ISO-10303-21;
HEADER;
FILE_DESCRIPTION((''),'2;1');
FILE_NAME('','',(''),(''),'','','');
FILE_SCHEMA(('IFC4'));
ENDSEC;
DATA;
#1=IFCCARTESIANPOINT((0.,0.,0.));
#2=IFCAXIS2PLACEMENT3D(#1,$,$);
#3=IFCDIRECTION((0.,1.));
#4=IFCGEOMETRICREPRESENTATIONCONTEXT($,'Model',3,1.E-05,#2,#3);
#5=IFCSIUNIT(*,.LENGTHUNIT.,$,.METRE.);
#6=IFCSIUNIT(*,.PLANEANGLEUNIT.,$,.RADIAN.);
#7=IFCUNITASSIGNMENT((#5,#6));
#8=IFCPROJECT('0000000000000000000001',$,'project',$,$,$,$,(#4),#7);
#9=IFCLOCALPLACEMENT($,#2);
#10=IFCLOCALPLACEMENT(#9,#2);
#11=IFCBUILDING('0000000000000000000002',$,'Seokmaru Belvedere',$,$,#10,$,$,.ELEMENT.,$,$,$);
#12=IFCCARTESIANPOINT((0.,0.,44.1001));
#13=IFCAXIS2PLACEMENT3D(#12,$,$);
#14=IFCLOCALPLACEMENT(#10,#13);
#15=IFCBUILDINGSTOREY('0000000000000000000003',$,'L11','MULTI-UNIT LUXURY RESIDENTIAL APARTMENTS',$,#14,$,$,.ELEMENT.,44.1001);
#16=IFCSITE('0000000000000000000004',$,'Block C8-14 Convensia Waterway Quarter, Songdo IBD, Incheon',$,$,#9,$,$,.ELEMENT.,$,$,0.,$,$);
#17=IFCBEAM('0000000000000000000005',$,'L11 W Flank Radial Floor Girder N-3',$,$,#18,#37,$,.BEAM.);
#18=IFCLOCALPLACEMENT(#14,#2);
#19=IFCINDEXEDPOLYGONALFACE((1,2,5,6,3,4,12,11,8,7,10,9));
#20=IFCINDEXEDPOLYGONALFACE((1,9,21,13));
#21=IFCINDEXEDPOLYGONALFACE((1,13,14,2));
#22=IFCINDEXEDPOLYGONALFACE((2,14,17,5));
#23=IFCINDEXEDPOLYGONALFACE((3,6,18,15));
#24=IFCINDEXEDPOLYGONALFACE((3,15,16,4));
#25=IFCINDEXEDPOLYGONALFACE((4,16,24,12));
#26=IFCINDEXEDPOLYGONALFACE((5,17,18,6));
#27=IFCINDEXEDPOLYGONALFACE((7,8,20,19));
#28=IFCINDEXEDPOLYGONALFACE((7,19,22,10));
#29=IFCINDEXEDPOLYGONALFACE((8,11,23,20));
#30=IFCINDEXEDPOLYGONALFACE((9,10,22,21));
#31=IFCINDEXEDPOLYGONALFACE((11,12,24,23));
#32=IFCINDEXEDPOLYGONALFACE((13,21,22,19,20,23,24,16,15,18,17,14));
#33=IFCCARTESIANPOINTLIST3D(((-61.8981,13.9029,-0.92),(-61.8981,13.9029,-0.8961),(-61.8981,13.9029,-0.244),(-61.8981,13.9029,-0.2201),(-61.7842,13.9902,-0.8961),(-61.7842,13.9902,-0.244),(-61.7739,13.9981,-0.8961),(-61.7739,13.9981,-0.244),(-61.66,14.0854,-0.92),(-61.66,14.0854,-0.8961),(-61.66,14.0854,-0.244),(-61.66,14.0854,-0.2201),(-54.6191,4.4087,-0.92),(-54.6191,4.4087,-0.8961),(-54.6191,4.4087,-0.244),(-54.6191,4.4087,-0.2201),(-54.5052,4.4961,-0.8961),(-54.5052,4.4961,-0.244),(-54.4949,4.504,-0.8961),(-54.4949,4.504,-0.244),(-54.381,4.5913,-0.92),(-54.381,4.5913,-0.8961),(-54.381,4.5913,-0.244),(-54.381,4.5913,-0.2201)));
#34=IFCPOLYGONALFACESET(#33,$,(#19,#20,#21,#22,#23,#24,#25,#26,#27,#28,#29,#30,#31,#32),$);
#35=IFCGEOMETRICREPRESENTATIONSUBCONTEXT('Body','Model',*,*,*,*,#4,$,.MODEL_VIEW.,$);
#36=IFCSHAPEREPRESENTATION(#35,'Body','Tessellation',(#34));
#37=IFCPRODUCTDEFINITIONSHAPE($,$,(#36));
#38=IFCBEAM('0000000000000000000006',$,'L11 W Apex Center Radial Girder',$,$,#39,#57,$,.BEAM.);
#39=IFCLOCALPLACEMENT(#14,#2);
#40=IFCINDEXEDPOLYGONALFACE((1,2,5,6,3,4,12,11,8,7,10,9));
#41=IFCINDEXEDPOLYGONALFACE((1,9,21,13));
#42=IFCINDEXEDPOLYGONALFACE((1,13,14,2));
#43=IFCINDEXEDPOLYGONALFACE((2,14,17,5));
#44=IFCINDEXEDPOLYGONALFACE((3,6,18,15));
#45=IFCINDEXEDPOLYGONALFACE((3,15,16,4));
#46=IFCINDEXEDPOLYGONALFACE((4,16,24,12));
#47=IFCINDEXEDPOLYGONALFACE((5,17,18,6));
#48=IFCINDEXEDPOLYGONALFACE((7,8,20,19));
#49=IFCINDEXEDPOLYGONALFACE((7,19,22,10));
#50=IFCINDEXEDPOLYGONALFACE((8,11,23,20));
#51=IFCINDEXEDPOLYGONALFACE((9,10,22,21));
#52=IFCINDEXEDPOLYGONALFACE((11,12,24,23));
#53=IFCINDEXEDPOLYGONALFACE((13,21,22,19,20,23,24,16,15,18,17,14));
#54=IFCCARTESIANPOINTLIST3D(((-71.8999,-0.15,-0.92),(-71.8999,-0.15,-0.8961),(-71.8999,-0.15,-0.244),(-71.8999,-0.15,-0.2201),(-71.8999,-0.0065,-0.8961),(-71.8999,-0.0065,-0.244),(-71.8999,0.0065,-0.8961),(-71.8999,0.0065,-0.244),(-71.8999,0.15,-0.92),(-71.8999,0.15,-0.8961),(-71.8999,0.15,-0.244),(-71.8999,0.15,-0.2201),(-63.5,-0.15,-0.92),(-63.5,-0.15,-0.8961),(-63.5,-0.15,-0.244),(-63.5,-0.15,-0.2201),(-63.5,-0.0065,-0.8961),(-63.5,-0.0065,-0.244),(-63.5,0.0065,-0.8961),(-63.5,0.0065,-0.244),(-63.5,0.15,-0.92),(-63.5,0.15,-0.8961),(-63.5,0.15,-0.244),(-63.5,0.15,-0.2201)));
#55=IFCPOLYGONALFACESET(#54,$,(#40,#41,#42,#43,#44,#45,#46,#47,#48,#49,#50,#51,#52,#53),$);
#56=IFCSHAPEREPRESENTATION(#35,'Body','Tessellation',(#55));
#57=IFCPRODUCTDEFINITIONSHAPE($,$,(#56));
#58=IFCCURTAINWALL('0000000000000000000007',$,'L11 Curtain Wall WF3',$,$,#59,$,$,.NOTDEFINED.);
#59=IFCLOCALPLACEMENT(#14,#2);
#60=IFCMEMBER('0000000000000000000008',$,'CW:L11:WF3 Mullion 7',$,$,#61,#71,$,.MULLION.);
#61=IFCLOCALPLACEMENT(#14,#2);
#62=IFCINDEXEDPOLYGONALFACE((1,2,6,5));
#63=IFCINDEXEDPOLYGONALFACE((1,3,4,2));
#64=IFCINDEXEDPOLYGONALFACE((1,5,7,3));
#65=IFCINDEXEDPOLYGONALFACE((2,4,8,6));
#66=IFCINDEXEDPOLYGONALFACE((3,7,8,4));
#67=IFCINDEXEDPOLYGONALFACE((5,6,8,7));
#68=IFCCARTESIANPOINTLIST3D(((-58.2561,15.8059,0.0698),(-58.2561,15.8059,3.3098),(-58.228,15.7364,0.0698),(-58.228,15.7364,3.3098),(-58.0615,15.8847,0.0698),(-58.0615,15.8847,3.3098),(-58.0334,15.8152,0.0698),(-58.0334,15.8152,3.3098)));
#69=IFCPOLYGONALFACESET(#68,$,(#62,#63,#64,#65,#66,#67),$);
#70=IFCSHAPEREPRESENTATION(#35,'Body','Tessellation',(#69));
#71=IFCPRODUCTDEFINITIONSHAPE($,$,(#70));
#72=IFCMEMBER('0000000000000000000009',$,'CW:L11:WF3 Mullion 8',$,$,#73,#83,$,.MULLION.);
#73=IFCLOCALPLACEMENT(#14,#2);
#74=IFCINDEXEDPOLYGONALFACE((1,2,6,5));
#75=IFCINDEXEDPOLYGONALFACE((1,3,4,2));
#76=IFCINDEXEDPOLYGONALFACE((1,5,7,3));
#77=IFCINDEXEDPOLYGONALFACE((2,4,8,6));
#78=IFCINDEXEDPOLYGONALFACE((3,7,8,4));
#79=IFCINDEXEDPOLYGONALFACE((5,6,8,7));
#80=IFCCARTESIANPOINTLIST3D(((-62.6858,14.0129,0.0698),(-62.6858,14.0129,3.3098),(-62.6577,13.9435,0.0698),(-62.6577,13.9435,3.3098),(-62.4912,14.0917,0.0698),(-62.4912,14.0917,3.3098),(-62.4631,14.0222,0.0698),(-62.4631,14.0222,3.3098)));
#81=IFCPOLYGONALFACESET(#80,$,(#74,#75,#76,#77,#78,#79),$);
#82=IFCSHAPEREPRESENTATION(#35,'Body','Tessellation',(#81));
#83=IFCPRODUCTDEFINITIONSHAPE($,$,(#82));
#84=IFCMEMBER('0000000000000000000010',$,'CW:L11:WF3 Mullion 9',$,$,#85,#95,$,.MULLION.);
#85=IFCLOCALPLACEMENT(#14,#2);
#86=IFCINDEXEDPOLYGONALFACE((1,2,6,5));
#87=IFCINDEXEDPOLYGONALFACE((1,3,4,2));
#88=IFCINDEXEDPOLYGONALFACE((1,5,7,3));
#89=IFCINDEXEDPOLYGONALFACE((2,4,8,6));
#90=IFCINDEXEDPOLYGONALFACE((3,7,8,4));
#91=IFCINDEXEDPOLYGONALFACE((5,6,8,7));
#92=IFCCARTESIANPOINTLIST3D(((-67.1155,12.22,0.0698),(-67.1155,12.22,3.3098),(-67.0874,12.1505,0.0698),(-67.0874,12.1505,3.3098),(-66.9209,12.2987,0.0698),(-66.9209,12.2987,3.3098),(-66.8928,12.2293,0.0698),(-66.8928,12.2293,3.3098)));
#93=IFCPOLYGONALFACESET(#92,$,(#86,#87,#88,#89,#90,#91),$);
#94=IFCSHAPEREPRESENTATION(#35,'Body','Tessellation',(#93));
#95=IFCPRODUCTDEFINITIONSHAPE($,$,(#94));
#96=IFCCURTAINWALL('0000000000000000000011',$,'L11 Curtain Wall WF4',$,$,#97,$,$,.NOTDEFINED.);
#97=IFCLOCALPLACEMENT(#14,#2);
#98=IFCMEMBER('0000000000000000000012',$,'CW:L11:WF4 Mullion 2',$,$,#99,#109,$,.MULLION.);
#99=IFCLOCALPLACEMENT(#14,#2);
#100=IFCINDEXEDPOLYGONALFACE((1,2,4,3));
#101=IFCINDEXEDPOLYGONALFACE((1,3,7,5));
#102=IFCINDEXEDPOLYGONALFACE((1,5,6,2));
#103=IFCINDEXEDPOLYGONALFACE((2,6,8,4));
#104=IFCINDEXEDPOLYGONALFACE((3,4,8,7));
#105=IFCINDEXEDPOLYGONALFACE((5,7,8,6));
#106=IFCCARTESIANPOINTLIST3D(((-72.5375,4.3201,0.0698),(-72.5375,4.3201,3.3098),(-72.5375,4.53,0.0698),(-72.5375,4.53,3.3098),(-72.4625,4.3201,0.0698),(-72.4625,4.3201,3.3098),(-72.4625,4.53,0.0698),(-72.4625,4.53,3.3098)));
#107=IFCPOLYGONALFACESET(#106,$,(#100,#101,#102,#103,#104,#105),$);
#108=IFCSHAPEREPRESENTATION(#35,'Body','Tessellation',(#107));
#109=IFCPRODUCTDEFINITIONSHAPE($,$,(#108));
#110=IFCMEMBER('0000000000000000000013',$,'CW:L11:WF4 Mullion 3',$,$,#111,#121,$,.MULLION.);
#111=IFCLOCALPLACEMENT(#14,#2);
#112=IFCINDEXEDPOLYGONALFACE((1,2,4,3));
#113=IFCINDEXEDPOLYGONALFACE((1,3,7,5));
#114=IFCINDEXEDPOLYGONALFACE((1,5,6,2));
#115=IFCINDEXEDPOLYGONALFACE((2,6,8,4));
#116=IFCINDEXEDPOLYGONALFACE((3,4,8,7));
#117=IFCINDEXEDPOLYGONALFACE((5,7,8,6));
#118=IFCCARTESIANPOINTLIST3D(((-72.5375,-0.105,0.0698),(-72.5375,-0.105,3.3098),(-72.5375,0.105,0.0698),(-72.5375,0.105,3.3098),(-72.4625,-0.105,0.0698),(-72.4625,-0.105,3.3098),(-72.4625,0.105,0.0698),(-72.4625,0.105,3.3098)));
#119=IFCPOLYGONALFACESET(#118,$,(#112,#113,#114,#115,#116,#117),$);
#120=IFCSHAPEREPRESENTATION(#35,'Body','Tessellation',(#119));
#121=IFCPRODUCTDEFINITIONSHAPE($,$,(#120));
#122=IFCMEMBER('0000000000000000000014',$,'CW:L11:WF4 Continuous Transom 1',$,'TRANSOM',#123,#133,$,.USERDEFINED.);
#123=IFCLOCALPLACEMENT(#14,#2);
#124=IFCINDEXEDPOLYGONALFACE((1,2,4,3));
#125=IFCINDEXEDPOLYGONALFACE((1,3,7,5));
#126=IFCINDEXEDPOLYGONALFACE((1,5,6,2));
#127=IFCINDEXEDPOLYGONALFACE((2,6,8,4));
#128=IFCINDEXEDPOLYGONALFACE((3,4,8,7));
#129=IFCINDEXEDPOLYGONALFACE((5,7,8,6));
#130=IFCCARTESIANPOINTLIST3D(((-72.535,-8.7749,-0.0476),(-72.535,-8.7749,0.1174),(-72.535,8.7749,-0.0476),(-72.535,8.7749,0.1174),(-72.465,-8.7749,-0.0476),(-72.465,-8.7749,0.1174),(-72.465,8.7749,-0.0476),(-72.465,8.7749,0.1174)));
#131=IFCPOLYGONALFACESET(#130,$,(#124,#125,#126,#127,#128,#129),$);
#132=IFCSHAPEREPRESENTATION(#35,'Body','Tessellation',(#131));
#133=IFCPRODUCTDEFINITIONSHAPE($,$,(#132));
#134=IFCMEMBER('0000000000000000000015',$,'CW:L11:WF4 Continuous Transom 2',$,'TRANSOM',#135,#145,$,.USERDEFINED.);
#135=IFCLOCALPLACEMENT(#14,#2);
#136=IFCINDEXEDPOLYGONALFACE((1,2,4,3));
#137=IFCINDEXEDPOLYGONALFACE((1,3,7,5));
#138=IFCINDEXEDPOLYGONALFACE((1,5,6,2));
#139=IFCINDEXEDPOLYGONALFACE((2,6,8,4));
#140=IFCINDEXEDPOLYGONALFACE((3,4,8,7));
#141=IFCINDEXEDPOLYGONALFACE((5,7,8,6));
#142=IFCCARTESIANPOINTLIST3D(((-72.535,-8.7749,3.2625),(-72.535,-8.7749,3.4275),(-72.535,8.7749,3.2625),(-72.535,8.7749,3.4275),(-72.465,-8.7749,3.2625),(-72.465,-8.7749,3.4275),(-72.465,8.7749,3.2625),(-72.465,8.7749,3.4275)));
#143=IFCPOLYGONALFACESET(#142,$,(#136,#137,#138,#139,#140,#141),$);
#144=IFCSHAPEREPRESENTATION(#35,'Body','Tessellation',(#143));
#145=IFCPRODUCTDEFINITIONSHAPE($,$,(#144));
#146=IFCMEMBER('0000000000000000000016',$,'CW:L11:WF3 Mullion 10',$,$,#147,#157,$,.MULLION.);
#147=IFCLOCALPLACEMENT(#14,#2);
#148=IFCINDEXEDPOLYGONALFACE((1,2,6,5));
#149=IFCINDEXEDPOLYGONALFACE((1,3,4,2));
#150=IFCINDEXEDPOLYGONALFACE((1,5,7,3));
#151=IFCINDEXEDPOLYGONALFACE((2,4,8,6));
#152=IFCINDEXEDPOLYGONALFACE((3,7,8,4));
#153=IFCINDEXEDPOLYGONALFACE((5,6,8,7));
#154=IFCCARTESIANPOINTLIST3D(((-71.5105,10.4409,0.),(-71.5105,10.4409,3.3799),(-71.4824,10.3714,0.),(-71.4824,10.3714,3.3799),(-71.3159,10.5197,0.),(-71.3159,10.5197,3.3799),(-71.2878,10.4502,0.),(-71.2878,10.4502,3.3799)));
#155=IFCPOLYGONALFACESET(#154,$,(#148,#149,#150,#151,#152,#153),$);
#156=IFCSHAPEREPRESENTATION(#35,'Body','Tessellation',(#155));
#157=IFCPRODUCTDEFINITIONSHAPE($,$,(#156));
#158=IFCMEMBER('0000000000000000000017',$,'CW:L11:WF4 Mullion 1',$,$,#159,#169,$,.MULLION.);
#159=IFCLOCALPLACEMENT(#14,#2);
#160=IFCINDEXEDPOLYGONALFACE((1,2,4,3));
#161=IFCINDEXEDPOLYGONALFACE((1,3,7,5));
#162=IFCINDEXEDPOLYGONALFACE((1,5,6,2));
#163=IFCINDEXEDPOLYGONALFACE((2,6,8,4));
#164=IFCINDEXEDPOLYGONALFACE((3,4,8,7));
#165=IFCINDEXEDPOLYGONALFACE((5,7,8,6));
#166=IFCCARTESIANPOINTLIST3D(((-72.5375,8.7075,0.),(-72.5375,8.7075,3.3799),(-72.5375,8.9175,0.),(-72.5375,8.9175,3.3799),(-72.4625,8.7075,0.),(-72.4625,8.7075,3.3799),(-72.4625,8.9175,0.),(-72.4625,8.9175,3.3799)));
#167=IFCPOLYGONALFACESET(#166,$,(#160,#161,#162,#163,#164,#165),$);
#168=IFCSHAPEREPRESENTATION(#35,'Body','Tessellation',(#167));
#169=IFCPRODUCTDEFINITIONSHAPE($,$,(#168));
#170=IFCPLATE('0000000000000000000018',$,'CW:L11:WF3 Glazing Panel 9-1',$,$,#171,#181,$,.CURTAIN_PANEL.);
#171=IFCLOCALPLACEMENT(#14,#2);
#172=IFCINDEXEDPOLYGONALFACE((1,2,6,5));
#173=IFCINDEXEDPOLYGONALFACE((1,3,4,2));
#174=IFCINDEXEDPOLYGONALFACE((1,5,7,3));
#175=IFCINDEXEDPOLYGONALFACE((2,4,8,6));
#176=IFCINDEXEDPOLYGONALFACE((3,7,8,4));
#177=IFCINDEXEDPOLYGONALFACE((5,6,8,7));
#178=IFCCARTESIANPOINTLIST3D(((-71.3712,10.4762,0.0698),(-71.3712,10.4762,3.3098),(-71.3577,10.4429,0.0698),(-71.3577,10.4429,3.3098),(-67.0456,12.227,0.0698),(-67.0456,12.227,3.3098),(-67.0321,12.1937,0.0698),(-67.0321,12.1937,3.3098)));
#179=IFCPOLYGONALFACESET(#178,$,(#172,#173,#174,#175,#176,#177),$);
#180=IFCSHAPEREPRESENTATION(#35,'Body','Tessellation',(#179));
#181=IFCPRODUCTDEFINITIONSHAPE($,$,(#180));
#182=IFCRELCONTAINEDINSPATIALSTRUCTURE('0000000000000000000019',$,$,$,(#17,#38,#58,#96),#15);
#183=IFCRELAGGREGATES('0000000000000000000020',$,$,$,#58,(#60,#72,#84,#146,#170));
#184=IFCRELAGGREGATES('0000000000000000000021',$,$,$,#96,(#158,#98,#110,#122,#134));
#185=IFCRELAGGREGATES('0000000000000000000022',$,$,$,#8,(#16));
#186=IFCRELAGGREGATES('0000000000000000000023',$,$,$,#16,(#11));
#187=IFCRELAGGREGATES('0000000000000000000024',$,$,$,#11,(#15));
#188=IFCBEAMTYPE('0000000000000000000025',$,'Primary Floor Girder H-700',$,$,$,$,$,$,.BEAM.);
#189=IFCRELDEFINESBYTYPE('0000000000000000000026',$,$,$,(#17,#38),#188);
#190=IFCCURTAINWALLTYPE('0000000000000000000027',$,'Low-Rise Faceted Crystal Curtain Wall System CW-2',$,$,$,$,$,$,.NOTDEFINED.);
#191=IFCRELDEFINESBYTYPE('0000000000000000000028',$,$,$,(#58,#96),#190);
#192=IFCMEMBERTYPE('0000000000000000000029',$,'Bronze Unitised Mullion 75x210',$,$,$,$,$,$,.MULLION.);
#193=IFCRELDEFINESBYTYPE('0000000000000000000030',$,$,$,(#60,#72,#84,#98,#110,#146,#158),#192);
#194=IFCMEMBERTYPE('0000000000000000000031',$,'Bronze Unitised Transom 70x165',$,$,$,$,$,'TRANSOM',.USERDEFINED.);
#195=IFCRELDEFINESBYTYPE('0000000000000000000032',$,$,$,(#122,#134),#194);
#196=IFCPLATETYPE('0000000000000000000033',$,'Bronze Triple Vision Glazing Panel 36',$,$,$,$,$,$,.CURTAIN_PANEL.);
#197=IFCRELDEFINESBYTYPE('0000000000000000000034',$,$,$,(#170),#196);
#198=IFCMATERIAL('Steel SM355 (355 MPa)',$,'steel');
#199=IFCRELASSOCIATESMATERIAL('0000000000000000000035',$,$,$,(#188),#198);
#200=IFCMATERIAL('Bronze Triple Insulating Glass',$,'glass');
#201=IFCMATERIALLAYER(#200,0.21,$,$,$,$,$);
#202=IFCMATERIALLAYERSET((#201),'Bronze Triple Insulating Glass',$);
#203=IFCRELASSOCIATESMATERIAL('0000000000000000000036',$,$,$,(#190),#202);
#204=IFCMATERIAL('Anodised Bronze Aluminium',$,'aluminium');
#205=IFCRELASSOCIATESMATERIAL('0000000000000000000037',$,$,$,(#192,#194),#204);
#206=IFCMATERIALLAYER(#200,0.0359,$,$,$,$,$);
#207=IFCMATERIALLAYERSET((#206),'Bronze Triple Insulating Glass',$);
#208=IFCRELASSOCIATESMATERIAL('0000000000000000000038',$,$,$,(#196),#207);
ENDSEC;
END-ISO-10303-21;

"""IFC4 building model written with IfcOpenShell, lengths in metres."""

from ifc_helpers import new_model, si_unit, direction, frame, origin, origin_2d, place, context, subcontext, project, spatial, rectangle, i_section, extrude, source, transform, mapped, material, layer, layer_set, material_profile, profile_set, type_object, type_shapes, element, aggregate, save


model = new_model("IFC4")

# Units and contexts
model_context = context("Model", 3, precision=1e-05, world=origin(), true_north=direction((0.0, 1.0)))
body_context = subcontext(model_context, "Body", "Model", "MODEL_VIEW")
ifc_project = project(units=[si_unit("LENGTHUNIT", "METRE"), si_unit("PLANEANGLEUNIT", "RADIAN")], contexts=[model_context])

# Site, building, storey
site_placement = place(None, origin())
site = spatial("IfcSite", under=ifc_project, at=site_placement, Name="Block C8-14 Convensia Waterway Quarter, Songdo IBD, Incheon", CompositionType="ELEMENT", RefElevation=0.0)
building_placement = place(site_placement, origin())
building = spatial("IfcBuilding", under=site, at=building_placement, Name="Seokmaru Belvedere", CompositionType="ELEMENT")
storey_placement = place(building_placement, frame((0.0, 0.0, 44.1001)))
storey = spatial("IfcBuildingStorey", under=building, at=storey_placement, Name="L11", Description="MULTI-UNIT LUXURY RESIDENTIAL APARTMENTS", CompositionType="ELEMENT", Elevation=44.1001)

# Shared definitions
ifc_material_1 = material(Name="Steel SM355 (355 MPa)", Category="steel")

# Beams
ifc_material_profile_1 = material_profile(ifc_material_1, i_section(OverallWidth=0.3, OverallDepth=0.7, WebThickness=0.0129, FlangeThickness=0.0239, at=origin_2d()), Name="H-700x300x13x24")
ifc_profile_set_1 = profile_set([ifc_material_profile_1], Name="Steel SM355 (355 MPa)")
beam_type_1 = type_object("IfcBeamType", Name="Primary Floor Girder H-700", PredefinedType="BEAM", material=ifc_profile_set_1)
shared_shape_1 = source(origin(), body_context, "Body", "SweptSolid", [
    extrude(i_section(OverallWidth=0.3, OverallDepth=0.7, WebThickness=0.0129, FlangeThickness=0.0239, at=origin_2d()), origin(), (0.0, 0.0, 1.0), 11.9634),
])
beam_1_placement = place(storey_placement, frame((-61.7791, 13.9941, -0.5701), z_axis=(0.608443, -0.793598, 0.0), x_axis=(0.793598, 0.608443, 0.0)))
element("IfcBeam", 1, at=beam_1_placement, inside=storey, type_object=beam_type_1, Name="L11 W Flank Radial Floor Girder N-3", PredefinedType="BEAM", context=body_context, shape_type="MappedRepresentation", body=[
    mapped(shared_shape_1, transform((0.0, 0.0, 0.0), scale=1.0)),
])
shared_shape_2 = source(origin(), body_context, "Body", "SweptSolid", [
    extrude(i_section(OverallWidth=0.3, OverallDepth=0.7, WebThickness=0.0129, FlangeThickness=0.0239, at=origin_2d()), origin(), (0.0, 0.0, 1.0), 8.3999),
])
beam_2_placement = place(storey_placement, frame((-71.8999, 0.0, -0.5701), z_axis=(1.0, 0.0, 0.0), x_axis=(0.0, 1.0, 0.0)))
element("IfcBeam", 2, at=beam_2_placement, inside=storey, type_object=beam_type_1, Name="L11 W Apex Center Radial Girder", PredefinedType="BEAM", context=body_context, shape_type="MappedRepresentation", body=[
    mapped(shared_shape_2, transform((0.0, 0.0, 0.0), scale=1.0)),
])

# Curtain walls, members
ifc_material_2 = material(Name="Bronze Triple Insulating Glass", Category="glass")
ifc_layer_1 = layer(ifc_material_2, 0.21)
ifc_layer_set_1 = layer_set([ifc_layer_1], Name="Bronze Triple Insulating Glass")
curtain_wall_type = type_object("IfcCurtainWallType", Name="Low-Rise Faceted Crystal Curtain Wall System CW-2", PredefinedType="NOTDEFINED", material=ifc_layer_set_1)
curtain_wall_1_placement = place(storey_placement, origin())
curtain_wall_1 = element("IfcCurtainWall", 3, at=curtain_wall_1_placement, inside=storey, type_object=curtain_wall_type, Name="L11 Curtain Wall WF3", PredefinedType="NOTDEFINED")
ifc_material_3 = material(Name="Anodised Bronze Aluminium", Category="aluminium")
ifc_material_profile_2 = material_profile(ifc_material_3, rectangle(XDim=0.075, YDim=0.21, at=origin_2d()), Name="CW-M-75x210")
ifc_profile_set_2 = profile_set([ifc_material_profile_2], Name="Anodised Bronze Aluminium")
member_type_1 = type_object("IfcMemberType", Name="Bronze Unitised Mullion 75x210", PredefinedType="MULLION", material=ifc_profile_set_2)
shared_shape_3 = source(origin(), body_context, "Body", "SweptSolid", [
    extrude(rectangle(XDim=0.075, YDim=0.21, at=origin_2d()), origin(), (0.0, 0.0, 1.0), 3.24),
])
member_1_placement = place(storey_placement, frame((-58.1448, 15.8105, 0.0698), z_axis=(0.0, 0.0, 1.0), x_axis=(0.375192, -0.926947, 0.0)))
member_1 = element("IfcMember", 4, at=member_1_placement, type_object=member_type_1, Name="CW:L11:WF3 Mullion 7", PredefinedType="MULLION", context=body_context, shape_type="MappedRepresentation", body=[
    mapped(shared_shape_3, transform((0.0, 0.0, 0.0), scale=1.0)),
])
member_2_placement = place(storey_placement, frame((-62.5745, 14.0176, 0.0698), z_axis=(0.0, 0.0, 1.0), x_axis=(0.375192, -0.926947, 0.0)))
member_2 = element("IfcMember", 5, at=member_2_placement, type_object=member_type_1, Name="CW:L11:WF3 Mullion 8", PredefinedType="MULLION", context=body_context, shape_type="MappedRepresentation", body=[
    mapped(shared_shape_3, transform((0.0, 0.0, 0.0), scale=1.0)),
])
member_3_placement = place(storey_placement, frame((-67.0042, 12.2246, 0.0698), z_axis=(0.0, 0.0, 1.0), x_axis=(0.375192, -0.926947, 0.0)))
member_3 = element("IfcMember", 6, at=member_3_placement, type_object=member_type_1, Name="CW:L11:WF3 Mullion 9", PredefinedType="MULLION", context=body_context, shape_type="MappedRepresentation", body=[
    mapped(shared_shape_3, transform((0.0, 0.0, 0.0), scale=1.0)),
])
curtain_wall_2_placement = place(storey_placement, origin())
curtain_wall_2 = element("IfcCurtainWall", 7, at=curtain_wall_2_placement, inside=storey, type_object=curtain_wall_type, Name="L11 Curtain Wall WF4", PredefinedType="NOTDEFINED")
member_4_placement = place(storey_placement, frame((-72.5, 4.425, 0.0698), z_axis=(0.0, 0.0, 1.0), x_axis=(1.0, 0.0, 0.0)))
member_4 = element("IfcMember", 8, at=member_4_placement, type_object=member_type_1, Name="CW:L11:WF4 Mullion 2", PredefinedType="MULLION", context=body_context, shape_type="MappedRepresentation", body=[
    mapped(shared_shape_3, transform((0.0, 0.0, 0.0), scale=1.0)),
])
member_5_placement = place(storey_placement, frame((-72.5, 0.0, 0.0698), z_axis=(0.0, 0.0, 1.0), x_axis=(1.0, 0.0, 0.0)))
member_5 = element("IfcMember", 9, at=member_5_placement, type_object=member_type_1, Name="CW:L11:WF4 Mullion 3", PredefinedType="MULLION", context=body_context, shape_type="MappedRepresentation", body=[
    mapped(shared_shape_3, transform((0.0, 0.0, 0.0), scale=1.0)),
])
ifc_material_profile_3 = material_profile(ifc_material_3, rectangle(XDim=0.0701, YDim=0.165, at=origin_2d()), Name="CW-T-70x165")
ifc_profile_set_3 = profile_set([ifc_material_profile_3], Name="Anodised Bronze Aluminium")
member_type_2 = type_object("IfcMemberType", Name="Bronze Unitised Transom 70x165", ElementType="TRANSOM", PredefinedType="USERDEFINED", material=ifc_profile_set_3)
shared_shape_4 = source(origin(), body_context, "Body", "SweptSolid", [
    extrude(rectangle(XDim=0.0701, YDim=0.165, at=origin_2d()), origin(), (0.0, 0.0, 1.0), 17.5498),
])
type_shapes(member_type_2, [shared_shape_4])
member_6_placement = place(storey_placement, frame((-72.5, 8.7749, 0.0349), z_axis=(0.0, -1.0, 0.0), x_axis=(1.0, 0.0, 0.0)))
member_6 = element("IfcMember", 10, at=member_6_placement, type_object=member_type_2, Name="CW:L11:WF4 Continuous Transom 1", ObjectType="TRANSOM", PredefinedType="USERDEFINED", context=body_context, shape_type="MappedRepresentation", body=[
    mapped(shared_shape_4, transform((0.0, 0.0, 0.0), scale=1.0)),
])
member_7_placement = place(storey_placement, frame((-72.5, 8.7749, 3.345), z_axis=(0.0, -1.0, 0.0), x_axis=(1.0, 0.0, 0.0)))
member_7 = element("IfcMember", 11, at=member_7_placement, type_object=member_type_2, Name="CW:L11:WF4 Continuous Transom 2", ObjectType="TRANSOM", PredefinedType="USERDEFINED", context=body_context, shape_type="MappedRepresentation", body=[
    mapped(shared_shape_4, transform((0.0, 0.0, 0.0), scale=1.0)),
])

# Members
shared_shape_5 = source(origin(), body_context, "Body", "SweptSolid", [
    extrude(rectangle(XDim=0.075, YDim=0.21, at=origin_2d()), origin(), (0.0, 0.0, 1.0), 3.3799),
])
type_shapes(member_type_1, [shared_shape_3, shared_shape_5])
member_8_placement = place(storey_placement, frame((-71.3992, 10.4456, 0.0), z_axis=(0.0, 0.0, 1.0), x_axis=(0.375192, -0.926947, 0.0)))
member_8 = element("IfcMember", 12, at=member_8_placement, type_object=member_type_1, Name="CW:L11:WF3 Mullion 10", PredefinedType="MULLION", context=body_context, shape_type="MappedRepresentation", body=[
    mapped(shared_shape_5, transform((0.0, 0.0, 0.0), scale=1.0)),
])
member_9_placement = place(storey_placement, frame((-72.5, 8.8125, 0.0), z_axis=(0.0, 0.0, 1.0), x_axis=(1.0, 0.0, 0.0)))
member_9 = element("IfcMember", 13, at=member_9_placement, type_object=member_type_1, Name="CW:L11:WF4 Mullion 1", PredefinedType="MULLION", context=body_context, shape_type="MappedRepresentation", body=[
    mapped(shared_shape_5, transform((0.0, 0.0, 0.0), scale=1.0)),
])

# Plate
ifc_layer_2 = layer(ifc_material_2, 0.0359)
ifc_layer_set_2 = layer_set([ifc_layer_2], Name="Bronze Triple Insulating Glass")
plate_type = type_object("IfcPlateType", Name="Bronze Triple Vision Glazing Panel 36", PredefinedType="CURTAIN_PANEL", material=ifc_layer_set_2)
shared_shape_6 = source(origin(), body_context, "Body", "SweptSolid", [
    extrude(rectangle(XDim=4.6665, YDim=0.0359, at=origin_2d()), origin(), (0.0, 0.0, 1.0), 3.24),
])
plate_1_placement = place(storey_placement, frame((-69.2017, 11.335, 0.0698), z_axis=(0.0, 0.0, 1.0), x_axis=(-0.926947, -0.375192, 0.0)))
plate_1 = element("IfcPlate", 14, at=plate_1_placement, type_object=plate_type, Name="CW:L11:WF3 Glazing Panel 9-1", PredefinedType="CURTAIN_PANEL", context=body_context, shape_type="MappedRepresentation", body=[
    mapped(shared_shape_6, transform((0.0, 0.0, 0.0), scale=1.0)),
])
aggregate(curtain_wall_1, [member_1, member_2, member_3, member_8, plate_1])
aggregate(curtain_wall_2, [member_9, member_4, member_5, member_6, member_7])

save(model, "model.ifc")
